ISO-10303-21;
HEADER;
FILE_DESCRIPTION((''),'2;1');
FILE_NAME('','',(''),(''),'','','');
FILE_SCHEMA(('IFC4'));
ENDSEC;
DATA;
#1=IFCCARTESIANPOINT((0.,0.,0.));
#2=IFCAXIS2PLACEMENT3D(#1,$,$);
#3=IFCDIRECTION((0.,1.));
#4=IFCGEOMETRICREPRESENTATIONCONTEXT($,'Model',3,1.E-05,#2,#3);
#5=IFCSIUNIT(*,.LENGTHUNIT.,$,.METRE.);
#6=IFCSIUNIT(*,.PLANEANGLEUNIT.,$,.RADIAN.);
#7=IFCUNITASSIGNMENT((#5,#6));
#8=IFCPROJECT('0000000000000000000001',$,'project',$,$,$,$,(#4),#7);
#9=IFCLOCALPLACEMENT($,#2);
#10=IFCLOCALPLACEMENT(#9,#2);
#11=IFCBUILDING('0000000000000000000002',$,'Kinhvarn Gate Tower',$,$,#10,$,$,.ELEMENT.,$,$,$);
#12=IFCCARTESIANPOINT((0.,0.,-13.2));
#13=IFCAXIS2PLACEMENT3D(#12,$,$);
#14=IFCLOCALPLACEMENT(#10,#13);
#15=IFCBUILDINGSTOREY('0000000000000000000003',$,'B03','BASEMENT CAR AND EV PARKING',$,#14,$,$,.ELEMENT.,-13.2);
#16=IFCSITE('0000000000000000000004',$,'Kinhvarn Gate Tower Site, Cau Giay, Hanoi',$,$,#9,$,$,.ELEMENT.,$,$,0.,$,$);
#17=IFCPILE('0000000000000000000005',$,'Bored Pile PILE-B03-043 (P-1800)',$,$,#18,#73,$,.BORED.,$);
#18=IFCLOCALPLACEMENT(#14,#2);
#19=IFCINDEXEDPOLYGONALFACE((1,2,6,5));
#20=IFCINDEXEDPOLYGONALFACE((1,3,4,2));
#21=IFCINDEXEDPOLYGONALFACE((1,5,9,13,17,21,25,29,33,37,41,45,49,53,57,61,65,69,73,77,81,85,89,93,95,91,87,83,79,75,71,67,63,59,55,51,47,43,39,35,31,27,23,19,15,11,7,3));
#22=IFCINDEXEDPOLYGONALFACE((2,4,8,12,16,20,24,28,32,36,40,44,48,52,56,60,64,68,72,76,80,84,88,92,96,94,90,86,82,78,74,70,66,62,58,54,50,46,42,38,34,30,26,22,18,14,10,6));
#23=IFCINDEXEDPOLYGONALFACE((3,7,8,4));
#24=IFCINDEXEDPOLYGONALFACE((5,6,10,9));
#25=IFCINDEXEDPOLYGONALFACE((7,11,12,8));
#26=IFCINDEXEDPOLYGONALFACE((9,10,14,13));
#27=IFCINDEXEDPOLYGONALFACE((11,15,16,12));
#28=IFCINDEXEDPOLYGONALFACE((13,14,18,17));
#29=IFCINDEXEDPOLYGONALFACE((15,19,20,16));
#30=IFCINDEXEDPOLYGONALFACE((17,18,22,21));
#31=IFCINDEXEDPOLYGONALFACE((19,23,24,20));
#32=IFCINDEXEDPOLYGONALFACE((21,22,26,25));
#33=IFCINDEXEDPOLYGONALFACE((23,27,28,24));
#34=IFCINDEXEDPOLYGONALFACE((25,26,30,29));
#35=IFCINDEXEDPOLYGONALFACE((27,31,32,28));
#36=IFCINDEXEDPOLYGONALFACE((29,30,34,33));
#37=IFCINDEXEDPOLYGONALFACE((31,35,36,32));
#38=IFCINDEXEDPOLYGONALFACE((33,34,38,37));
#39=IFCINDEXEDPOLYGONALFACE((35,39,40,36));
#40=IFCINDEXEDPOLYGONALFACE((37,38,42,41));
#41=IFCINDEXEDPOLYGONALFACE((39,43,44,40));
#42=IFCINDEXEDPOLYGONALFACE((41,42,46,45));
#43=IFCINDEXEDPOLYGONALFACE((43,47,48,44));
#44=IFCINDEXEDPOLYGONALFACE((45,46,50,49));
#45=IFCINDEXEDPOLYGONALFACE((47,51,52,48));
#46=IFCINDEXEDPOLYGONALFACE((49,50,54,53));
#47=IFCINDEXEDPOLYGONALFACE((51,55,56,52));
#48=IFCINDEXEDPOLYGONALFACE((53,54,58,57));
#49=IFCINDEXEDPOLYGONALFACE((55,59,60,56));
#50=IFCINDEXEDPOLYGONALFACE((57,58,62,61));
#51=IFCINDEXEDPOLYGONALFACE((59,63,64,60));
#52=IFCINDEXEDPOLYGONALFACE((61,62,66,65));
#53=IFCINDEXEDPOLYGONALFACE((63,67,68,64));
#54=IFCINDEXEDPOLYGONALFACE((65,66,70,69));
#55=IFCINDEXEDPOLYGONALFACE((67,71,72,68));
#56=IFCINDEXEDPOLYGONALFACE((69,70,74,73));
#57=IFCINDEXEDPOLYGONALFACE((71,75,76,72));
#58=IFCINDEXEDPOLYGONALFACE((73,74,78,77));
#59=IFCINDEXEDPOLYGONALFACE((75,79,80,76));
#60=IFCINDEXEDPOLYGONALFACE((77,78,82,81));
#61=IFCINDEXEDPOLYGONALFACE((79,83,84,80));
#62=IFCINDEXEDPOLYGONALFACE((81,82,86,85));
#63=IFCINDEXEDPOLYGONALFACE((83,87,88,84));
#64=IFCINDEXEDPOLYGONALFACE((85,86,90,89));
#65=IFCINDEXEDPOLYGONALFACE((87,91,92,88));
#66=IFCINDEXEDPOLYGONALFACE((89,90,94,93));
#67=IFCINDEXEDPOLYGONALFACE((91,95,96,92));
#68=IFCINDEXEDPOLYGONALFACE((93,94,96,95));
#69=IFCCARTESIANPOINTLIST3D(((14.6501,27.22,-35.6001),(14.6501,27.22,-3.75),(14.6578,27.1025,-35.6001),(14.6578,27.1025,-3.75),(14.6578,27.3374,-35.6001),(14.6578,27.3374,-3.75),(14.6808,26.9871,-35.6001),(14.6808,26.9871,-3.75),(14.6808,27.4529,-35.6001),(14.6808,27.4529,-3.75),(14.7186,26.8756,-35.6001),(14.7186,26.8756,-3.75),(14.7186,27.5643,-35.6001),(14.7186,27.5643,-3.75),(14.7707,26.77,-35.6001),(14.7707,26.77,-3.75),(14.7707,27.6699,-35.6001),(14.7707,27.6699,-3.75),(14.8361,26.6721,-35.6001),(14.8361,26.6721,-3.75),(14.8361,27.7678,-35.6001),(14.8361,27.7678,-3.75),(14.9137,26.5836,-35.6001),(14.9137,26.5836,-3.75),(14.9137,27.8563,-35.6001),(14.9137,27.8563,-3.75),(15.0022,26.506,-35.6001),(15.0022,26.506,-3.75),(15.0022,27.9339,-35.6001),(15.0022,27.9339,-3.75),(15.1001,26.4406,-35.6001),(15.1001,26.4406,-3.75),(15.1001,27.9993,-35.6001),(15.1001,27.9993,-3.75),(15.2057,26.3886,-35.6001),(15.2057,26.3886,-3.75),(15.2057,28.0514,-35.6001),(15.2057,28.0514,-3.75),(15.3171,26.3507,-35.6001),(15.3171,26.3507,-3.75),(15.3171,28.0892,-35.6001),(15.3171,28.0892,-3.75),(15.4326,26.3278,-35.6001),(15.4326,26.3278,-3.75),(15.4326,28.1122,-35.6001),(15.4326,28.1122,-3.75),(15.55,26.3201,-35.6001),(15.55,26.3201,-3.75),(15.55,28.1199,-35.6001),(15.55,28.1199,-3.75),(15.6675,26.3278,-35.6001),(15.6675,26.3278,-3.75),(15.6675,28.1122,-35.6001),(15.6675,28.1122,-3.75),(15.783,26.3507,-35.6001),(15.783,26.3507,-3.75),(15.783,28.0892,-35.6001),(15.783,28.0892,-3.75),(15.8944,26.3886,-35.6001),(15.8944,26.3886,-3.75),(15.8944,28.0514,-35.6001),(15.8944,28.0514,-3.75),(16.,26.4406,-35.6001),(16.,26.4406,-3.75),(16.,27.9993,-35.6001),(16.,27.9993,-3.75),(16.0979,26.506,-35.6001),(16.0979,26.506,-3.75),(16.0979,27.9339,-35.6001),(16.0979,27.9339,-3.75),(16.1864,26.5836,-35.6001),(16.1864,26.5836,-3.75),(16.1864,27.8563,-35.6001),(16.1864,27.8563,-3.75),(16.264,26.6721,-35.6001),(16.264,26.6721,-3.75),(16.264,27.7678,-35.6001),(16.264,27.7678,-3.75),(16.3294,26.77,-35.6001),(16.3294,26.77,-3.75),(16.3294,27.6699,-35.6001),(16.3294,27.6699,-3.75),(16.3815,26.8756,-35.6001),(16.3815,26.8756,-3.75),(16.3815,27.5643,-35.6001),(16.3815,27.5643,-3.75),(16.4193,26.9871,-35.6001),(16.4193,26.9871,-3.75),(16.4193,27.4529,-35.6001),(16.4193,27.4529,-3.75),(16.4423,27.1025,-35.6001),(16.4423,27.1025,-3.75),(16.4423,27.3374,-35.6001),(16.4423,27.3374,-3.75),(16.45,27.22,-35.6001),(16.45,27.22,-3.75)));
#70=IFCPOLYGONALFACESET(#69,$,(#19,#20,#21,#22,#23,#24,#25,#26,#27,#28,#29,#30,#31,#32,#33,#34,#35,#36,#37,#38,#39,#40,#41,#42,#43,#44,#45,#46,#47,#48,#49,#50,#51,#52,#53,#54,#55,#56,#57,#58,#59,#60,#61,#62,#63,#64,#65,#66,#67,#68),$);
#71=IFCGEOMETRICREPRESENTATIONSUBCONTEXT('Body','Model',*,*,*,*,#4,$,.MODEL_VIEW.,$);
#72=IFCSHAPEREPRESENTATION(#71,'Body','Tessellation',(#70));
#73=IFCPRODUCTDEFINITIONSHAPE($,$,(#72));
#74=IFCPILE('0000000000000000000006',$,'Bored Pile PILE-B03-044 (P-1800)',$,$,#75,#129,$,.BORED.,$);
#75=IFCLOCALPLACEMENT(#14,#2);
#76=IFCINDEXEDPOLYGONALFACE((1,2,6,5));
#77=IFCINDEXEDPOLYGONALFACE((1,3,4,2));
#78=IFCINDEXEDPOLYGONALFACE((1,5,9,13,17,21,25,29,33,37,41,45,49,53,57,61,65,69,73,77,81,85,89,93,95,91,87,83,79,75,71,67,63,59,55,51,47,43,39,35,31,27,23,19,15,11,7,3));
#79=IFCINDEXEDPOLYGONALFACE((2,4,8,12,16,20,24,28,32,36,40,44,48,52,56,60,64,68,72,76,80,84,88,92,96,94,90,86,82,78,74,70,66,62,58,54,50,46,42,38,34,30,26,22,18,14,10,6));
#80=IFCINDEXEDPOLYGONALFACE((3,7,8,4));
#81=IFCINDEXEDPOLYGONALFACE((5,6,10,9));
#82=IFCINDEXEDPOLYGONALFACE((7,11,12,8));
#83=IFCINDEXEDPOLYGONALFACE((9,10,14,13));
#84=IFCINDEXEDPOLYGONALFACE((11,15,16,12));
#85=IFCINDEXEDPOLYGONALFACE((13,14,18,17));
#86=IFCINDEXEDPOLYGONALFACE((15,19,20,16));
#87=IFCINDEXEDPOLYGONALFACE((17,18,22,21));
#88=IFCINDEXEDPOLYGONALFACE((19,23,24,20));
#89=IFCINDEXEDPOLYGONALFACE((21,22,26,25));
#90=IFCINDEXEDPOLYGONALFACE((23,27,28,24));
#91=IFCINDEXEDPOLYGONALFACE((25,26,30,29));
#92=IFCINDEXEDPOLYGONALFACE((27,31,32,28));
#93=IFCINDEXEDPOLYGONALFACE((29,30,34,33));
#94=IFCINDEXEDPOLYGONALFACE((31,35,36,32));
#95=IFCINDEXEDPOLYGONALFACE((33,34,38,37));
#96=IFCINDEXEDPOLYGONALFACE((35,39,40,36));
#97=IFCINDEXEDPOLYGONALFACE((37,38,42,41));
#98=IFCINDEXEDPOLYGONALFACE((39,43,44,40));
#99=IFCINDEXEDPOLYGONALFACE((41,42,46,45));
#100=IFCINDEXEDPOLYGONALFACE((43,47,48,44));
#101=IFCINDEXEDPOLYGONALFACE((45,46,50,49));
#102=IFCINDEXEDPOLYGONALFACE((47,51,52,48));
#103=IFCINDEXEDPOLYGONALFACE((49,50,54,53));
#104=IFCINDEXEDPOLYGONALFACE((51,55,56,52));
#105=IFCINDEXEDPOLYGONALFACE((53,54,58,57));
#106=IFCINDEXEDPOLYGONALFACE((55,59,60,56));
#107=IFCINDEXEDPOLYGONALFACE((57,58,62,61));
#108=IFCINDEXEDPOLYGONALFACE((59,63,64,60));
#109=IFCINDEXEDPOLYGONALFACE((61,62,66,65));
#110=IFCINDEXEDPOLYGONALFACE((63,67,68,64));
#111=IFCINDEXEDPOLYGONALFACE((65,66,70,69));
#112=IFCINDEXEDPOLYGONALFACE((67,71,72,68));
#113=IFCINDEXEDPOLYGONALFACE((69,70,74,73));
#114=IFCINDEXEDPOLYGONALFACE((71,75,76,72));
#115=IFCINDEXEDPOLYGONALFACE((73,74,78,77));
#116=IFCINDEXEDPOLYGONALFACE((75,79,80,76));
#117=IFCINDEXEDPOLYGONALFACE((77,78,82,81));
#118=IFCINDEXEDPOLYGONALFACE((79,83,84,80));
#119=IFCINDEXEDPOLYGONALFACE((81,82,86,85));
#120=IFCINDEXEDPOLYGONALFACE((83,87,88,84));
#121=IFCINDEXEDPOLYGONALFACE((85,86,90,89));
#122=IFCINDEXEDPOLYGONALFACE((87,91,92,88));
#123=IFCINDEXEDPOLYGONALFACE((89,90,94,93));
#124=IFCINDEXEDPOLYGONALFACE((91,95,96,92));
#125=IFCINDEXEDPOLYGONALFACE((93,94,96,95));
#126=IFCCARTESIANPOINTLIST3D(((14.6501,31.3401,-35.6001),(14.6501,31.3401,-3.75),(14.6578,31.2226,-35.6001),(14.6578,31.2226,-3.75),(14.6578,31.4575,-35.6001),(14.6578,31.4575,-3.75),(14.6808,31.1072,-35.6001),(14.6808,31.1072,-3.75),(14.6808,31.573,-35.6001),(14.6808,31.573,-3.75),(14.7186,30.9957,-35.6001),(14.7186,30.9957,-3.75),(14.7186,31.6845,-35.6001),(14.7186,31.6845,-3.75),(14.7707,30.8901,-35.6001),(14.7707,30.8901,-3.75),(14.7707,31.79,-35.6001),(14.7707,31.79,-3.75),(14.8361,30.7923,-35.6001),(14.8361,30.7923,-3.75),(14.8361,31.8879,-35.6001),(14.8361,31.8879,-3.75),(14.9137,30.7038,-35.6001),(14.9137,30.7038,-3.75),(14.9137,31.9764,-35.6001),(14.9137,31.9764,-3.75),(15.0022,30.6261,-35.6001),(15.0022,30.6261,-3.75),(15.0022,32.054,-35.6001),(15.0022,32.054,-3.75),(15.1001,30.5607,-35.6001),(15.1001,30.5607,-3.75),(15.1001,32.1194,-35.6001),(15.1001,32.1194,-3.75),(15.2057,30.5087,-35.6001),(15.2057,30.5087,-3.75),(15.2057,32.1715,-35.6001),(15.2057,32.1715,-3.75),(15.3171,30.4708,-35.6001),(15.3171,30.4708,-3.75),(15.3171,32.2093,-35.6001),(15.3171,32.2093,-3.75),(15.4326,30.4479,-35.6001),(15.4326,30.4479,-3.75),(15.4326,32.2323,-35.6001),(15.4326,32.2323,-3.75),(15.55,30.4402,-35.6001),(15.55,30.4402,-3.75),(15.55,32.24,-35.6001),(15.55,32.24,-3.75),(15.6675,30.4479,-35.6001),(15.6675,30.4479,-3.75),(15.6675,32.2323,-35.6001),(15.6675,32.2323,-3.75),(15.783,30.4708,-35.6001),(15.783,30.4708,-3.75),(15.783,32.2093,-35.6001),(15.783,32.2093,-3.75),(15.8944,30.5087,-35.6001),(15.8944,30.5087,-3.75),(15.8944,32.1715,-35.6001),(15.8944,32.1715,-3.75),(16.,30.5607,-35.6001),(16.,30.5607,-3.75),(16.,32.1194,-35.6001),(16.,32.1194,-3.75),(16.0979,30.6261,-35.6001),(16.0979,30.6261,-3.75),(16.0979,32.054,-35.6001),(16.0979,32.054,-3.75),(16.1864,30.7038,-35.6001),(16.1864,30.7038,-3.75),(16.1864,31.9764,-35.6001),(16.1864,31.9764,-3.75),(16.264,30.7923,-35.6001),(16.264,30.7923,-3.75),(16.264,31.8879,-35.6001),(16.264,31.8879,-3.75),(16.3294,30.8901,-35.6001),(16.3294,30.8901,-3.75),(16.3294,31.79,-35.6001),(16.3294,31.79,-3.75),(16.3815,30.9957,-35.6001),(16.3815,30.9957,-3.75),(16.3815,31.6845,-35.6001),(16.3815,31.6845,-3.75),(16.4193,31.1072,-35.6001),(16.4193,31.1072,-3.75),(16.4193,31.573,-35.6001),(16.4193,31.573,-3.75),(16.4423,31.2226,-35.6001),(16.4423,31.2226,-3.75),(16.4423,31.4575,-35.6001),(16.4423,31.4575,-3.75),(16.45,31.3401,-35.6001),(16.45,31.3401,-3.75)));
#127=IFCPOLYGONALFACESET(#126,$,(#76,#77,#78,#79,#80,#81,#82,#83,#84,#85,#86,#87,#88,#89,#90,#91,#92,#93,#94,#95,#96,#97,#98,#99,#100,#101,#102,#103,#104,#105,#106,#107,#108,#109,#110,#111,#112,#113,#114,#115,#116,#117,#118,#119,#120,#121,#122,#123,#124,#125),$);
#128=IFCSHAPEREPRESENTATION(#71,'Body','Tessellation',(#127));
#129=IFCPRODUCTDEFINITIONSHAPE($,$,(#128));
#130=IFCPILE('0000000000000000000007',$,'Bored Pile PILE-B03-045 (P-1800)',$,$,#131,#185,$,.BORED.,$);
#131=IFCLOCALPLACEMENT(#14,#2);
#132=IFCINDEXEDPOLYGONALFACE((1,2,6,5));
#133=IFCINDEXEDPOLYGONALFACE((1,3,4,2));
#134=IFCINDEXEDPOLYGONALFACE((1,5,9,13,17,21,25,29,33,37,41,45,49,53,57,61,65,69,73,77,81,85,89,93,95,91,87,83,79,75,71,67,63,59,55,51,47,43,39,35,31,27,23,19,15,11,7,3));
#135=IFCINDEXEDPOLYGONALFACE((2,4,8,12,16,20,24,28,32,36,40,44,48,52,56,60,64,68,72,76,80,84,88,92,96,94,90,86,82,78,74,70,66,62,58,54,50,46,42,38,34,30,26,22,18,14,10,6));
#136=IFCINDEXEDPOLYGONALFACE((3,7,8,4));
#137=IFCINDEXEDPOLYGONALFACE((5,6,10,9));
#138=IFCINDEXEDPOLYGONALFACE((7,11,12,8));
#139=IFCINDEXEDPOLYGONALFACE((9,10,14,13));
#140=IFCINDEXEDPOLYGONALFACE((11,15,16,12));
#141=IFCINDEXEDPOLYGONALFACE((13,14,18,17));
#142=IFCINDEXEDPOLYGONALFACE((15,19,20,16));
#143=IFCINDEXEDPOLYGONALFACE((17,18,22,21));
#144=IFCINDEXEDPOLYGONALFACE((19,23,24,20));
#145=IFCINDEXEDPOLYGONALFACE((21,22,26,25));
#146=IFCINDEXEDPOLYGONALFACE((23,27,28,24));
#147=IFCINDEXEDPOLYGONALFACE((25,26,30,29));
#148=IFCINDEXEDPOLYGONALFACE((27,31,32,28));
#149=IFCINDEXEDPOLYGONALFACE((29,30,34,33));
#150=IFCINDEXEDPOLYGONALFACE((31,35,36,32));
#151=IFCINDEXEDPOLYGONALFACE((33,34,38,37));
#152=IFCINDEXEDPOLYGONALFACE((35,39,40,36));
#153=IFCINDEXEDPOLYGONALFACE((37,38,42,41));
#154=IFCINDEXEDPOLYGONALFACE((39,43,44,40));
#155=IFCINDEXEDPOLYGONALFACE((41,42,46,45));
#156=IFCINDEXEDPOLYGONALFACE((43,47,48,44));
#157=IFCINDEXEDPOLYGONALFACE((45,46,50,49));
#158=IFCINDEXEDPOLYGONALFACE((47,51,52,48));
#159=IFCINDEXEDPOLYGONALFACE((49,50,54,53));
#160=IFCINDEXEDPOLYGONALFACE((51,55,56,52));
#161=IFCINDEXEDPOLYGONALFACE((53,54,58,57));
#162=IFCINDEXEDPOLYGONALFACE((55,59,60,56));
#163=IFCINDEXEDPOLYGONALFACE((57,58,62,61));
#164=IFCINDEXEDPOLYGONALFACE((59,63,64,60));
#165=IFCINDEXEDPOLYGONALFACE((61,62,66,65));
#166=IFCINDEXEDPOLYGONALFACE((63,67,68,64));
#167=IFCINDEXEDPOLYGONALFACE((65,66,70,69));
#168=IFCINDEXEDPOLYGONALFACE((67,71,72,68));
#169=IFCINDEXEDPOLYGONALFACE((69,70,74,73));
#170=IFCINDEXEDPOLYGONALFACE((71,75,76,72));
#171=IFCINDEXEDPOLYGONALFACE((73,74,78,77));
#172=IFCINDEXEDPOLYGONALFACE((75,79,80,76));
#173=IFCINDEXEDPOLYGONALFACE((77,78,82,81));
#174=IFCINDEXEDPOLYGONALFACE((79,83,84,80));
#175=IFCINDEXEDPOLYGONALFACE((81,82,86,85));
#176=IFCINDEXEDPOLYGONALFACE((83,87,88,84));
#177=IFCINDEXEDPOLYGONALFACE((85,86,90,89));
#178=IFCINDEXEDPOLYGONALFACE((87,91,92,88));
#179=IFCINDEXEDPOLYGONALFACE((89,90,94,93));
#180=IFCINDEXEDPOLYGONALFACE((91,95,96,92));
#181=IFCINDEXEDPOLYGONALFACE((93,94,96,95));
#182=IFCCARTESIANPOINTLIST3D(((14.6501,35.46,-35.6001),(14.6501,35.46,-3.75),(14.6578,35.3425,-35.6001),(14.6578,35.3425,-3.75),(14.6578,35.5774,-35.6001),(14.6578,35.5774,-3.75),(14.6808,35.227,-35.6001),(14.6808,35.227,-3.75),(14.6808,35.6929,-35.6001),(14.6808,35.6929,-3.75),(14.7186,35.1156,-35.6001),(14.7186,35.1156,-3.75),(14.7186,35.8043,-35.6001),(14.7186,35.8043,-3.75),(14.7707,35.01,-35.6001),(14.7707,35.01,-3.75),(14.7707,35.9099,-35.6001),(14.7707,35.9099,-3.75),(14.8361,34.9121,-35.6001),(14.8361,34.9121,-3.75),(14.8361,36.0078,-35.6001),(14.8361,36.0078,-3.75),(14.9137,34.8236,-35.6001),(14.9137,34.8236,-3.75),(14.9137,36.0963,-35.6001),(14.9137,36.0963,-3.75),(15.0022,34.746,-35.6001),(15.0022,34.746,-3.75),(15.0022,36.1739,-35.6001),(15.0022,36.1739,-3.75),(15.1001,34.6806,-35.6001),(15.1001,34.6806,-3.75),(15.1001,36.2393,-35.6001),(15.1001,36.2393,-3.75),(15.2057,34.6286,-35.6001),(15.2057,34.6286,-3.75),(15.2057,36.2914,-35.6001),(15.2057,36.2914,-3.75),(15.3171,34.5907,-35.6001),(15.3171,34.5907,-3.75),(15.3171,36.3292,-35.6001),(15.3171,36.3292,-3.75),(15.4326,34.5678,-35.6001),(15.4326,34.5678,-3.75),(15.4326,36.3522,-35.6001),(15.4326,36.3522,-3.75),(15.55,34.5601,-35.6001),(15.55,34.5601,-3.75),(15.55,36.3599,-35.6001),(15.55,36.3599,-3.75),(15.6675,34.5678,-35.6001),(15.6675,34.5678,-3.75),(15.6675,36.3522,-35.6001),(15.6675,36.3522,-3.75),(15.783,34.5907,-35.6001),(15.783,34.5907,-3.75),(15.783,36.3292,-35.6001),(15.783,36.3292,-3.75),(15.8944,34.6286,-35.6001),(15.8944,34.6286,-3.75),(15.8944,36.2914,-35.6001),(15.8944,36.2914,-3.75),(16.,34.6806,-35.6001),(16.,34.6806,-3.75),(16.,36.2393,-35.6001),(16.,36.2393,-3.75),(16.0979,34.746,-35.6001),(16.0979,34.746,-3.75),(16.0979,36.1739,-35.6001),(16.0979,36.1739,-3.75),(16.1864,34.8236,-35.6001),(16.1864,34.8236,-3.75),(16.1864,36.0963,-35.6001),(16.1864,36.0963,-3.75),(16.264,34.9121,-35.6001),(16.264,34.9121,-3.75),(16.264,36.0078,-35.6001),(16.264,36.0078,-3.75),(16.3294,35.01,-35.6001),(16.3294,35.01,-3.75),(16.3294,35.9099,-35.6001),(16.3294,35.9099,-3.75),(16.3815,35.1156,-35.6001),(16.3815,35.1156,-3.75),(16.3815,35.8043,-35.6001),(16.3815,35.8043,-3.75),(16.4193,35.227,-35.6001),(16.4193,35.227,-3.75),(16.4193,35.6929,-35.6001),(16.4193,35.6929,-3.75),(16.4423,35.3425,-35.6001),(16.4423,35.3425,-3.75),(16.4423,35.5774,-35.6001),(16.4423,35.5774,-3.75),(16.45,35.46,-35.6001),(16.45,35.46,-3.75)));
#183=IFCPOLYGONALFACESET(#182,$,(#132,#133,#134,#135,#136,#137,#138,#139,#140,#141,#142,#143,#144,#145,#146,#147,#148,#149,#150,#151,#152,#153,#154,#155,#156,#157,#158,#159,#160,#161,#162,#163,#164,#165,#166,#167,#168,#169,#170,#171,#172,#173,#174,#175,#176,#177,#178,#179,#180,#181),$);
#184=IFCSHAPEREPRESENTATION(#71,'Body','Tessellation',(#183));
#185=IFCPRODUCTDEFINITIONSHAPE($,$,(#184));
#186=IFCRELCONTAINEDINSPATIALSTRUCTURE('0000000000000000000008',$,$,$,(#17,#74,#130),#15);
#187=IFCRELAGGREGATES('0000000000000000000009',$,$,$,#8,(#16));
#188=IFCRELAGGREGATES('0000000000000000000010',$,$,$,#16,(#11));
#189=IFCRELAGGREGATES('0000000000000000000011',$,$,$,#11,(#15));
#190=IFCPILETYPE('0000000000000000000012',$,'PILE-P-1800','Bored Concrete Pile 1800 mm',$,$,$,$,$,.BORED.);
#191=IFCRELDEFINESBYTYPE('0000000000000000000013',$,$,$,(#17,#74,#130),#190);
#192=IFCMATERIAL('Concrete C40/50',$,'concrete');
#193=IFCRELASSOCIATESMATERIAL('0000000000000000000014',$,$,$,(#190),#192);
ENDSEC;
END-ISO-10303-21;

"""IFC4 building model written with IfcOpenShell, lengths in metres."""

from ifc_helpers import new_model, si_unit, direction, frame, origin, origin_2d, place, context, subcontext, project, spatial, circle, extrude, material, material_profile, profile_set, type_object, element, save


model = new_model("IFC4")

# Units and contexts
model_context = context("Model", 3, precision=1e-05, world=origin(), true_north=direction((0.0, 1.0)))
body_context = subcontext(model_context, "Body", "Model", "MODEL_VIEW")
ifc_project = project(units=[si_unit("LENGTHUNIT", "METRE"), si_unit("PLANEANGLEUNIT", "RADIAN")], contexts=[model_context])

# Site, building, storey
site_placement = place(None, origin())
site = spatial("IfcSite", under=ifc_project, at=site_placement, Name="Kinhvarn Gate Tower Site, Cau Giay, Hanoi", CompositionType="ELEMENT", RefElevation=0.0)
building_placement = place(site_placement, origin())
building = spatial("IfcBuilding", under=site, at=building_placement, Name="Kinhvarn Gate Tower", CompositionType="ELEMENT")
storey_placement = place(building_placement, frame((0.0, 0.0, -13.2)))
storey = spatial("IfcBuildingStorey", under=building, at=storey_placement, Name="B03", Description="BASEMENT CAR AND EV PARKING", CompositionType="ELEMENT", Elevation=-13.2)

# Piles
ifc_material = material(Name="Concrete C40/50", Category="concrete")
ifc_material_profile_1 = material_profile(ifc_material, circle(Radius=0.8999, at=origin_2d()), Name="PILE D1800")
ifc_profile_set_1 = profile_set([ifc_material_profile_1], Name="Concrete C40/50")
pile_type_1 = type_object("IfcPileType", Name="PILE-P-1800", Description="Bored Concrete Pile 1800 mm", PredefinedType="BORED", material=ifc_profile_set_1)
for number, where, z_axis, x_axis, name in (
    (1, (15.55, 27.22, -35.6001), (0.0, 0.0, 1.0), (1.0, 0.0, 0.0), "Bored Pile PILE-B03-043 (P-1800)"),
    (2, (15.55, 31.3401, -35.6001), (0.0, 0.0, 1.0), (1.0, 0.0, 0.0), "Bored Pile PILE-B03-044 (P-1800)"),
    (3, (15.55, 35.46, -35.6001), (0.0, 0.0, 1.0), (1.0, 0.0, 0.0), "Bored Pile PILE-B03-045 (P-1800)"),
):
    element("IfcPile", number, at=place(storey_placement, frame(where, z_axis=z_axis, x_axis=x_axis)), inside=storey, type_object=pile_type_1, Name=name, PredefinedType="BORED", context=body_context, shape_type="SweptSolid", body=[
        extrude(circle(Radius=0.8999, at=origin_2d()), origin(), (0.0, 0.0, 1.0), 31.8501),
    ])

save(model, "model.ifc")
